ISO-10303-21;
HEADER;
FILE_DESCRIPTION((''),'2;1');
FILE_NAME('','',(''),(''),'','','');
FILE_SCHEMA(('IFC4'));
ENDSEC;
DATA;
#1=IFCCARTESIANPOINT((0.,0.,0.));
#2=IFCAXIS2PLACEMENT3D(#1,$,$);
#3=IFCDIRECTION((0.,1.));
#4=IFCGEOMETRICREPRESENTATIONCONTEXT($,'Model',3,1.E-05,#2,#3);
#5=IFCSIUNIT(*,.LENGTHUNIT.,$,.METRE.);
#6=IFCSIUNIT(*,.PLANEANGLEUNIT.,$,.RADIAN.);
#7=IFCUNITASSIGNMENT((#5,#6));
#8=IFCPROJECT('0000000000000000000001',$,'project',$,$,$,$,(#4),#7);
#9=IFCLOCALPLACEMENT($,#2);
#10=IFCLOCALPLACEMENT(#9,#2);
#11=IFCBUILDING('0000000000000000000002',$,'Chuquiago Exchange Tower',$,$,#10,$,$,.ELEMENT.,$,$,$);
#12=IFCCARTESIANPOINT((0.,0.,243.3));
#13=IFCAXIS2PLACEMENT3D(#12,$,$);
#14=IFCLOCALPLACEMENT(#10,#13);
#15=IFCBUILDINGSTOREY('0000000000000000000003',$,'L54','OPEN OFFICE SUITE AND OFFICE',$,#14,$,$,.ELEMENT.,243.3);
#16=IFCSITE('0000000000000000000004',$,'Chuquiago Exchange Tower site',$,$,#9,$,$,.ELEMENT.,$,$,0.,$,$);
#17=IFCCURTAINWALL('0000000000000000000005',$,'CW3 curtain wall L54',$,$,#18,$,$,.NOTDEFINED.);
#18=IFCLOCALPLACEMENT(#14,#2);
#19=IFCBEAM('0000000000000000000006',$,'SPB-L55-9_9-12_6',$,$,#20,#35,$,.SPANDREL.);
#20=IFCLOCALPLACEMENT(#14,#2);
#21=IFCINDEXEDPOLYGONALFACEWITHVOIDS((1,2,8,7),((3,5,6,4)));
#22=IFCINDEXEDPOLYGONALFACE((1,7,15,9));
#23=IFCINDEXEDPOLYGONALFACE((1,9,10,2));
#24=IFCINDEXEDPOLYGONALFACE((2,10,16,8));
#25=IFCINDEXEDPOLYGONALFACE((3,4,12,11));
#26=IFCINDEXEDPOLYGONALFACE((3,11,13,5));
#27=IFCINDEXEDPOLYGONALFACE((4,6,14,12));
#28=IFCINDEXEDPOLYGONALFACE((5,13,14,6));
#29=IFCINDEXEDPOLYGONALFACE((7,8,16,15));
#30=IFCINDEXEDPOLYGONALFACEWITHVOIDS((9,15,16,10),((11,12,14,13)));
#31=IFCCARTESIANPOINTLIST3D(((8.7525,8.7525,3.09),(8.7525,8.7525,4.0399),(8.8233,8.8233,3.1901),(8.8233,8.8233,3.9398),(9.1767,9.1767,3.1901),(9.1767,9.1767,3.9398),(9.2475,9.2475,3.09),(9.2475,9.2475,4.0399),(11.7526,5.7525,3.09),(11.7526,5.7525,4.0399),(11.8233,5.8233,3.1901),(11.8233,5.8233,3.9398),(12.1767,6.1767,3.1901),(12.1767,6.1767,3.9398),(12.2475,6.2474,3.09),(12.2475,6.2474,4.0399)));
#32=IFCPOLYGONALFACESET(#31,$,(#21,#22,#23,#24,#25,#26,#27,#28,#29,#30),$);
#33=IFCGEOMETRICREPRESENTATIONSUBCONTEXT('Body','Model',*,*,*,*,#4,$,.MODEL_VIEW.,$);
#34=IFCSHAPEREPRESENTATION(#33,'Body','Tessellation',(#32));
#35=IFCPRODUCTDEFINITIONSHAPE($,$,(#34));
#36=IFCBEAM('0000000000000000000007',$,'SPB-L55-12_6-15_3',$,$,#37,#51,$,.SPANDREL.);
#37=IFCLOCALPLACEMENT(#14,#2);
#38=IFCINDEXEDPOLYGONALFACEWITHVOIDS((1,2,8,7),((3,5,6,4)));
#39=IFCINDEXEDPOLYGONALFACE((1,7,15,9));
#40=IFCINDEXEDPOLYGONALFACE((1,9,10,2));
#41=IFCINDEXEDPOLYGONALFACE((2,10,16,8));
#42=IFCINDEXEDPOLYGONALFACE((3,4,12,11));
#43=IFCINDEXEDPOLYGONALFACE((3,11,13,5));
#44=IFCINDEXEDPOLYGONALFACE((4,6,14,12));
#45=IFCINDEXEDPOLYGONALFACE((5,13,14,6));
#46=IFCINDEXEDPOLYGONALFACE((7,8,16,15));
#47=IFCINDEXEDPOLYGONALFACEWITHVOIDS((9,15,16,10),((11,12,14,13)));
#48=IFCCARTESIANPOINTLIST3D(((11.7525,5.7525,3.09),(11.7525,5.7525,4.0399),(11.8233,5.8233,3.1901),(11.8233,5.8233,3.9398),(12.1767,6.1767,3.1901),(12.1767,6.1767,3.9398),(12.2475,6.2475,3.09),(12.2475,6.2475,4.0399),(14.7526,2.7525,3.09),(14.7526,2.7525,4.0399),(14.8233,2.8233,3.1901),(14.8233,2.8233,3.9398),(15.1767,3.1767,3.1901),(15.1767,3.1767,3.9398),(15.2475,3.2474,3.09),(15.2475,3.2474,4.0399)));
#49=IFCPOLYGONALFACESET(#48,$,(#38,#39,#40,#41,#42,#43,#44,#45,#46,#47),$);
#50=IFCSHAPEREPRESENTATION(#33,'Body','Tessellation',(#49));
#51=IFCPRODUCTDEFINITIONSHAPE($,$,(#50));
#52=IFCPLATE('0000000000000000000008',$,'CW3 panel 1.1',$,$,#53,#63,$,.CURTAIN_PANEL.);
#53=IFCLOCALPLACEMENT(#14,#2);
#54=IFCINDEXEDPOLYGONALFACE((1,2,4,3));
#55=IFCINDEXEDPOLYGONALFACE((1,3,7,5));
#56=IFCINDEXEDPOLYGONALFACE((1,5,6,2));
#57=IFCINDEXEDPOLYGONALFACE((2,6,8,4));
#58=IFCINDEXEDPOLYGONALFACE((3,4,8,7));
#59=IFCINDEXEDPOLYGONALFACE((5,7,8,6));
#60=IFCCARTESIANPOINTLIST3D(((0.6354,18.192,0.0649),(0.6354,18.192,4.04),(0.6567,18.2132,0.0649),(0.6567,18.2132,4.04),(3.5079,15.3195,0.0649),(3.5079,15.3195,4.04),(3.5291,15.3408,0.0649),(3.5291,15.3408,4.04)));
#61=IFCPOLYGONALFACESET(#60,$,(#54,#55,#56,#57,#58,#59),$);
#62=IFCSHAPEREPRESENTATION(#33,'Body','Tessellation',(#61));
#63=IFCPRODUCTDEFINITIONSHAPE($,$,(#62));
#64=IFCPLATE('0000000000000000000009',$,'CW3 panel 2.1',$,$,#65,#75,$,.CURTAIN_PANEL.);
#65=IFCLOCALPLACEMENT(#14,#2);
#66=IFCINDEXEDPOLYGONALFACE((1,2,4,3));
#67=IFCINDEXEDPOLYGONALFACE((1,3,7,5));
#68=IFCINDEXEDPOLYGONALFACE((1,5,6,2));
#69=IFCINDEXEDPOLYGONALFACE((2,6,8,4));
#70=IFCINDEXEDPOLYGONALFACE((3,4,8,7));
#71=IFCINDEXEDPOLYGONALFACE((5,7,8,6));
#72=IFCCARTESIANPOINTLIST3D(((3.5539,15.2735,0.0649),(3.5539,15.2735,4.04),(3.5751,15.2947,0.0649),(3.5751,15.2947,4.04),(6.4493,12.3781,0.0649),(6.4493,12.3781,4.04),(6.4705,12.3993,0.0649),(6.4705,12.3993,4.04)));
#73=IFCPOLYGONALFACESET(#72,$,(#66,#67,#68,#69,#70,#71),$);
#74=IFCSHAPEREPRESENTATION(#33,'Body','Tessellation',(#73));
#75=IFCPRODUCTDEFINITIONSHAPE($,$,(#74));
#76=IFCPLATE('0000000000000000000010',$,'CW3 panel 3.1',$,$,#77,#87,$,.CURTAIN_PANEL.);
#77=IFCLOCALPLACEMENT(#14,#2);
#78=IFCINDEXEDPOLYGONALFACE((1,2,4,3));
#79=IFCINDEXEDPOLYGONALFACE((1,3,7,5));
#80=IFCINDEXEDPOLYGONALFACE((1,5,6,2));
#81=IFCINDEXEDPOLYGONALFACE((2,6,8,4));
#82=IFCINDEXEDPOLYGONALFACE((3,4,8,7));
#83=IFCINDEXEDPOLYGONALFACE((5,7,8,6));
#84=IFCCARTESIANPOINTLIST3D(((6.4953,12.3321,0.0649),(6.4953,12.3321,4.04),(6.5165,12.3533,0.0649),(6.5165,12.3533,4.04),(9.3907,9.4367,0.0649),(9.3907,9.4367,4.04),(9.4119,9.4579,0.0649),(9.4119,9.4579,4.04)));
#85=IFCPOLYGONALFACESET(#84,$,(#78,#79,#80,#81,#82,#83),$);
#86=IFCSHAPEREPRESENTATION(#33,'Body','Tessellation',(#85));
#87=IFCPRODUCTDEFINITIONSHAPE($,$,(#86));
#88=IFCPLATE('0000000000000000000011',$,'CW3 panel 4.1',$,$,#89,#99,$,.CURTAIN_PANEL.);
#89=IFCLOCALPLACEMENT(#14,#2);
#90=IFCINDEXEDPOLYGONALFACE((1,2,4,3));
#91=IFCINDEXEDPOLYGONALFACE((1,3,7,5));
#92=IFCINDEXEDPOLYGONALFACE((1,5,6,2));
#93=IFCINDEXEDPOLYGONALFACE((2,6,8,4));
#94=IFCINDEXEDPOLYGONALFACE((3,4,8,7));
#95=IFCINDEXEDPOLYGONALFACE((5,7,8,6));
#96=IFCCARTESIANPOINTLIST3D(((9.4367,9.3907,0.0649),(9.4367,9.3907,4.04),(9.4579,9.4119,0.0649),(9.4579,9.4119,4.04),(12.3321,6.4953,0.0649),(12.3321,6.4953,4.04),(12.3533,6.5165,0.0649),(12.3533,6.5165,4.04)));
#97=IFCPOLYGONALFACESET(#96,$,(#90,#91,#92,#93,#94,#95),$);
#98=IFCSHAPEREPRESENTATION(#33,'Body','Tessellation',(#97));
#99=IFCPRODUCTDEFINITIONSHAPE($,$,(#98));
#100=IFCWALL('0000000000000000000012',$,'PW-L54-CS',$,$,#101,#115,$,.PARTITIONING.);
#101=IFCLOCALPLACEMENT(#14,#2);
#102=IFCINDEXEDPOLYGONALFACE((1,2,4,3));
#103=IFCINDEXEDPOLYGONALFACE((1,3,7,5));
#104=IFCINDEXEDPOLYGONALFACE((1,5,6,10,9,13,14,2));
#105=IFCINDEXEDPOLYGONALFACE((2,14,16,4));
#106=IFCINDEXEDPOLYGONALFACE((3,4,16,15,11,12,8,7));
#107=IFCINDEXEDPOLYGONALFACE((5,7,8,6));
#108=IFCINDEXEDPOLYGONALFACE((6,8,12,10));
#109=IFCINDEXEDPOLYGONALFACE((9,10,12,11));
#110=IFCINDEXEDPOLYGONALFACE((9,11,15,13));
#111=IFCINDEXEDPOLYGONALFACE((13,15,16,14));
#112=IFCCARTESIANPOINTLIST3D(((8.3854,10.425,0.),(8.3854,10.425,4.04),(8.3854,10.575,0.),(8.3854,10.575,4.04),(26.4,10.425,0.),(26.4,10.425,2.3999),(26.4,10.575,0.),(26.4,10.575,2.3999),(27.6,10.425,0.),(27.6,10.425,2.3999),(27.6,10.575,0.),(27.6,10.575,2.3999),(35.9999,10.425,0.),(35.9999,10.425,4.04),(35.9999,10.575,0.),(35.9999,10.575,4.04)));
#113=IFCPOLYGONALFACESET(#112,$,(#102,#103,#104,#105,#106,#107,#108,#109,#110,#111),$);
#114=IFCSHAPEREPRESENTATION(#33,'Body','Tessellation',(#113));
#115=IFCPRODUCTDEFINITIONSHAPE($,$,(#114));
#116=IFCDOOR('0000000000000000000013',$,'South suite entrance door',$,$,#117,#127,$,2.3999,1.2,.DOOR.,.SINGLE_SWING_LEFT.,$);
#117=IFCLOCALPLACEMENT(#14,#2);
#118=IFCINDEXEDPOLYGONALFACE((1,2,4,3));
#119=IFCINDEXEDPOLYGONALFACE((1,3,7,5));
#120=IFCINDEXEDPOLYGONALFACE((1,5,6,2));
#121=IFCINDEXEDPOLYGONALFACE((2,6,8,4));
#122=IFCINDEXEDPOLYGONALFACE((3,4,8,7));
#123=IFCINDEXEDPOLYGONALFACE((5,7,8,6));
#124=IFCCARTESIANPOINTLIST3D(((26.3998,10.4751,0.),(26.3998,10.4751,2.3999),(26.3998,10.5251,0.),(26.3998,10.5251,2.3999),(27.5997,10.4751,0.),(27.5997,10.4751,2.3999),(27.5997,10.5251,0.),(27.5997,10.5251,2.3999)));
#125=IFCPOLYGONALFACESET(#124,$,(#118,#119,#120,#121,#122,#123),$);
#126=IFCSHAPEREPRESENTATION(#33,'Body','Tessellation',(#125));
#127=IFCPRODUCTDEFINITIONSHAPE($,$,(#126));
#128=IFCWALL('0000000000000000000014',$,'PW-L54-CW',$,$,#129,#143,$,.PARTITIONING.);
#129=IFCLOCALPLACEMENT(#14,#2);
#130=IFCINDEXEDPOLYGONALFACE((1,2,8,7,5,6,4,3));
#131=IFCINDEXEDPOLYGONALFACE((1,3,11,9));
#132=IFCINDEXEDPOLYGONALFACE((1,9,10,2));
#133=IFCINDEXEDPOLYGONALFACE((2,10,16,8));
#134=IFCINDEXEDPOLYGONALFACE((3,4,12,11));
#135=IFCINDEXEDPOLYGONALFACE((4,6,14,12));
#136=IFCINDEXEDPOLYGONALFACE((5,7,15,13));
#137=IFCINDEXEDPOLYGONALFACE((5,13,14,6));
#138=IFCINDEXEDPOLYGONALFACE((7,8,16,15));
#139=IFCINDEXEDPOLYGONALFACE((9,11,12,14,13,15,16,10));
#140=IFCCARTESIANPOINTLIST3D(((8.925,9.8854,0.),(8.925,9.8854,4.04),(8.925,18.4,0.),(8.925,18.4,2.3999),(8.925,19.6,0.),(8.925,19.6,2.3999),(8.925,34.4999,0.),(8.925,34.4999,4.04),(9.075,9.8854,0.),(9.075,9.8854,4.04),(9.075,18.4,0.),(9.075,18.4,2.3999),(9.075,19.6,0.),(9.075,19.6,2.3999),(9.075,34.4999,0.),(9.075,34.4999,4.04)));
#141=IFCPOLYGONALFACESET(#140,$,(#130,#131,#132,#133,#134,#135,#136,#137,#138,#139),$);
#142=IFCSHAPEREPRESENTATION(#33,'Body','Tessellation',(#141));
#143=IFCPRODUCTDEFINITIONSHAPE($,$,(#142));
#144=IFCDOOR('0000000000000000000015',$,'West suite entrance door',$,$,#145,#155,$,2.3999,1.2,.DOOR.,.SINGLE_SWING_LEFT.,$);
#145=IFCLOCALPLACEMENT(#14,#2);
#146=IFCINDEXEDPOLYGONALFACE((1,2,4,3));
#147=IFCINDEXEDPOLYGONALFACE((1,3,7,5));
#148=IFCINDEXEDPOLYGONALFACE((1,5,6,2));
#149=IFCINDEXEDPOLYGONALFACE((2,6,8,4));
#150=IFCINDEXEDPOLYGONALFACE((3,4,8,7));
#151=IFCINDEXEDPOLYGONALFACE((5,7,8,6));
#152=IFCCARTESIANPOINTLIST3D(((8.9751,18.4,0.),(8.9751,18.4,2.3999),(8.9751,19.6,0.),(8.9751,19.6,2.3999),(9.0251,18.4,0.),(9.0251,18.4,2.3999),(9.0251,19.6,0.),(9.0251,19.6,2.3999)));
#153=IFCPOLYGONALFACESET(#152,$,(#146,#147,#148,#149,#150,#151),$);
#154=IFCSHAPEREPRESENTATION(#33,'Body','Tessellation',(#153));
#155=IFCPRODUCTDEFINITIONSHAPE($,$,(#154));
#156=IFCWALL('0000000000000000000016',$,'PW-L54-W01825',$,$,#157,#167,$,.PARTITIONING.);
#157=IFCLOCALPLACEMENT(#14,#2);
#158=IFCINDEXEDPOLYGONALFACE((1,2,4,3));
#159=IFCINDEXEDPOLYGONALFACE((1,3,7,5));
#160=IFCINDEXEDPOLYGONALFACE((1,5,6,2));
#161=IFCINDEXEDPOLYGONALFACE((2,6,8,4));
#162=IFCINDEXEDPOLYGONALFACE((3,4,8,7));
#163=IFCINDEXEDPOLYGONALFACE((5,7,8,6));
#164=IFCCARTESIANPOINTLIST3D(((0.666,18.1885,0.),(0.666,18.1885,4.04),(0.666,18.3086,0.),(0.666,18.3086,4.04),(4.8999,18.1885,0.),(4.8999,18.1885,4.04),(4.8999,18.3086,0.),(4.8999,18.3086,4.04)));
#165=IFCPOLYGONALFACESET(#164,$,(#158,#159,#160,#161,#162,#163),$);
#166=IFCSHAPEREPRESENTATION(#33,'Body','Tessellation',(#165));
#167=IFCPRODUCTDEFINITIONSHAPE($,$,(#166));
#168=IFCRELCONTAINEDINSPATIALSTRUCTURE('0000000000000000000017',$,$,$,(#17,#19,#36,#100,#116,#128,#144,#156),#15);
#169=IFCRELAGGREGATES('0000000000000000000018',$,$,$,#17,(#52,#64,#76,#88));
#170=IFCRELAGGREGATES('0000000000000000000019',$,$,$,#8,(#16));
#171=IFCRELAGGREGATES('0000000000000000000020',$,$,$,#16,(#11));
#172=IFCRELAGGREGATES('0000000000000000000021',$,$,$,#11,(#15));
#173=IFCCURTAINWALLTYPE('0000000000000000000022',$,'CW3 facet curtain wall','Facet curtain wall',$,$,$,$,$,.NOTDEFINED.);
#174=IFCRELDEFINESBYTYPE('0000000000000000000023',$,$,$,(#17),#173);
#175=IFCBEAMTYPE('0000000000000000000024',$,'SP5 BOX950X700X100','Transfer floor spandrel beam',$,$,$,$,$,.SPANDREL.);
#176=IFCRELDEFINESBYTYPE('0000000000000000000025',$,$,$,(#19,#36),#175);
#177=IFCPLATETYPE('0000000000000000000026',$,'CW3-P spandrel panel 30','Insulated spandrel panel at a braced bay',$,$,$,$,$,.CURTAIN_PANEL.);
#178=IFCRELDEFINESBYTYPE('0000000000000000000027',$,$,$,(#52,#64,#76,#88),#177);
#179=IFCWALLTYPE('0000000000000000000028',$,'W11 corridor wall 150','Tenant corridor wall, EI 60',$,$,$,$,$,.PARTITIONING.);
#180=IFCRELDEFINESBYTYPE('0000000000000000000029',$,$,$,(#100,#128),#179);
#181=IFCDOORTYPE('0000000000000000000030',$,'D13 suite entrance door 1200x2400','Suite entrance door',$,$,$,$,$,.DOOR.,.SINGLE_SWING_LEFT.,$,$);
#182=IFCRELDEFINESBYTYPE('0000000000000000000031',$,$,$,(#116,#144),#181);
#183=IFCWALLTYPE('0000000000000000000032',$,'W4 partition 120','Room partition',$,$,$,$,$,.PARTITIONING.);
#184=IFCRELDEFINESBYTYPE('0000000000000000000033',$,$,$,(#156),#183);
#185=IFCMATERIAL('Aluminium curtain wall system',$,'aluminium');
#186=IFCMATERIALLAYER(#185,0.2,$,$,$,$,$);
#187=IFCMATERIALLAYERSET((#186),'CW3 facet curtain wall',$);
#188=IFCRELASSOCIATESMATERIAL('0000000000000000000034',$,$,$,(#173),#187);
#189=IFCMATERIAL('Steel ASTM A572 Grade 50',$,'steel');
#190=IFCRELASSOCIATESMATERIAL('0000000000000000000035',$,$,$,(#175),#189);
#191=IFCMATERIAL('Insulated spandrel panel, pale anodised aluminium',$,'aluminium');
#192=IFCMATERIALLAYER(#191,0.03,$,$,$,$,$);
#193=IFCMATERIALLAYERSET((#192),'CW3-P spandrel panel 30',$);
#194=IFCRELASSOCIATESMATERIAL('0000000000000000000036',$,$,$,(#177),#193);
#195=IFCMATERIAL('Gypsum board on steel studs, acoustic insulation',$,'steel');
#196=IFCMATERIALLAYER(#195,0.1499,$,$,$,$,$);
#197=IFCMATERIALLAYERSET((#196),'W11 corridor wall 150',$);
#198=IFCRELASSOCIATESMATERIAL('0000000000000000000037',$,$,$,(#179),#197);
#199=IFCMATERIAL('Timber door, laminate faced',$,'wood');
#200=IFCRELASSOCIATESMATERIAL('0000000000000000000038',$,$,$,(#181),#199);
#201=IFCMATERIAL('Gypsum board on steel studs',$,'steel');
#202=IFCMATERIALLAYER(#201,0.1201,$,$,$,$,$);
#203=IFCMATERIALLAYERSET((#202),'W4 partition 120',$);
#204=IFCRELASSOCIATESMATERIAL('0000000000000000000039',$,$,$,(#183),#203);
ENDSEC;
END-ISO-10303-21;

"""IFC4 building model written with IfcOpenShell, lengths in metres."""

from ifc_helpers import new_model, si_unit, direction, frame, frame_2d, origin, origin_2d, place, context, subcontext, project, spatial, rectangle, hollow_rectangle, extrude, material, layer, layer_set, material_profile, profile_set, type_object, element, fill, aggregate, save


model = new_model("IFC4")

# Units and contexts
model_context = context("Model", 3, precision=1e-05, world=origin(), true_north=direction((0.0, 1.0)))
body_context = subcontext(model_context, "Body", "Model", "MODEL_VIEW")
ifc_project = project(units=[si_unit("LENGTHUNIT", "METRE"), si_unit("PLANEANGLEUNIT", "RADIAN")], contexts=[model_context])

# Site, building, storey
site_placement = place(None, origin())
site = spatial("IfcSite", under=ifc_project, at=site_placement, Name="Chuquiago Exchange Tower site", CompositionType="ELEMENT", RefElevation=0.0)
building_placement = place(site_placement, origin())
building = spatial("IfcBuilding", under=site, at=building_placement, Name="Chuquiago Exchange Tower", CompositionType="ELEMENT")
storey_placement = place(building_placement, frame((0.0, 0.0, 243.3)))
storey = spatial("IfcBuildingStorey", under=building, at=storey_placement, Name="L54", Description="OPEN OFFICE SUITE AND OFFICE", CompositionType="ELEMENT", Elevation=243.3)

# Curtain wall
ifc_material_1 = material(Name="Aluminium curtain wall system", Category="aluminium")
ifc_layer_1 = layer(ifc_material_1, 0.2)
ifc_layer_set_1 = layer_set([ifc_layer_1], Name="CW3 facet curtain wall")
curtain_wall_type = type_object("IfcCurtainWallType", Name="CW3 facet curtain wall", Description="Facet curtain wall", PredefinedType="NOTDEFINED", material=ifc_layer_set_1)
curtain_wall_placement = place(storey_placement, origin())
curtain_wall = element("IfcCurtainWall", 1, at=curtain_wall_placement, inside=storey, type_object=curtain_wall_type, Name="CW3 curtain wall L54", PredefinedType="NOTDEFINED")

# Beams
ifc_material_2 = material(Name="Steel ASTM A572 Grade 50", Category="steel")
ifc_material_profile_1 = material_profile(ifc_material_2, hollow_rectangle(XDim=0.7, YDim=0.95, WallThickness=0.1001, at=origin_2d()), Name="BOX950X700X100")
ifc_profile_set_1 = profile_set([ifc_material_profile_1], Name="Steel ASTM A572 Grade 50")
beam_type_1 = type_object("IfcBeamType", Name="SP5 BOX950X700X100", Description="Transfer floor spandrel beam", PredefinedType="SPANDREL", material=ifc_profile_set_1)
for number, where, z_axis, x_axis, name in (
    (2, (9.0, 9.0, 3.5649), (0.707107, -0.707107, 0.0), (0.707107, 0.707107, 0.0), "SPB-L55-9_9-12_6"),
    (3, (12.0, 6.0, 3.5649), (0.707107, -0.707107, 0.0), (0.707107, 0.707107, 0.0), "SPB-L55-12_6-15_3"),
):
    element("IfcBeam", number, at=place(storey_placement, frame(where, z_axis=z_axis, x_axis=x_axis)), inside=storey, type_object=beam_type_1, Name=name, PredefinedType="SPANDREL", context=body_context, shape_type="SweptSolid", body=[
        extrude(hollow_rectangle(XDim=0.7, YDim=0.95, WallThickness=0.1001, at=origin_2d()), origin(), (0.0, 0.0, 1.0), 4.2427),
    ])

# Plates
ifc_material_3 = material(Name="Insulated spandrel panel, pale anodised aluminium", Category="aluminium")
ifc_layer_2 = layer(ifc_material_3, 0.03)
ifc_layer_set_2 = layer_set([ifc_layer_2], Name="CW3-P spandrel panel 30")
plate_type = type_object("IfcPlateType", Name="CW3-P spandrel panel 30", Description="Insulated spandrel panel at a braced bay", PredefinedType="CURTAIN_PANEL", material=ifc_layer_set_2)
plate_1_placement = place(storey_placement, frame((2.0823, 16.7664, 0.0649), z_axis=(0.0, 0.0, 1.0), x_axis=(0.707107, -0.707107, 0.0)))
plate_1 = element("IfcPlate", 4, at=plate_1_placement, type_object=plate_type, Name="CW3 panel 1.1", PredefinedType="CURTAIN_PANEL", context=body_context, shape_type="SweptSolid", body=[
    extrude(rectangle(XDim=4.0623, YDim=0.03, at=origin_2d()), origin(), (0.0, 0.0, 1.0), 3.9751),
])
plate_2_placement = place(storey_placement, frame((5.0122, 13.8364, 0.0649), z_axis=(0.0, 0.0, 1.0), x_axis=(0.707107, -0.707107, 0.0)))
plate_2 = element("IfcPlate", 5, at=plate_2_placement, type_object=plate_type, Name="CW3 panel 2.1", PredefinedType="CURTAIN_PANEL", context=body_context, shape_type="SweptSolid", body=[
    extrude(rectangle(XDim=4.0947, YDim=0.03, at=origin_2d()), origin(), (0.0, 0.0, 1.0), 3.9751),
])
plate_3_placement = place(storey_placement, frame((7.9536, 10.895, 0.0649), z_axis=(0.0, 0.0, 1.0), x_axis=(0.707107, -0.707107, 0.0)))
plate_3 = element("IfcPlate", 6, at=plate_3_placement, type_object=plate_type, Name="CW3 panel 3.1", PredefinedType="CURTAIN_PANEL", context=body_context, shape_type="SweptSolid", body=[
    extrude(rectangle(XDim=4.0947, YDim=0.03, at=origin_2d()), origin(), (0.0, 0.0, 1.0), 3.9751),
])
plate_4_placement = place(storey_placement, frame((10.895, 7.9536, 0.0649), z_axis=(0.0, 0.0, 1.0), x_axis=(0.707107, -0.707107, 0.0)))
plate_4 = element("IfcPlate", 7, at=plate_4_placement, type_object=plate_type, Name="CW3 panel 4.1", PredefinedType="CURTAIN_PANEL", context=body_context, shape_type="SweptSolid", body=[
    extrude(rectangle(XDim=4.0947, YDim=0.03, at=origin_2d()), origin(), (0.0, 0.0, 1.0), 3.9751),
])
aggregate(curtain_wall, [plate_1, plate_2, plate_3, plate_4])

# Walls, openings, doors
ifc_material_4 = material(Name="Gypsum board on steel studs, acoustic insulation", Category="steel")
ifc_layer_3 = layer(ifc_material_4, 0.1499)
ifc_layer_set_3 = layer_set([ifc_layer_3], Name="W11 corridor wall 150")
wall_type_1 = type_object("IfcWallType", Name="W11 corridor wall 150", Description="Tenant corridor wall, EI 60", PredefinedType="PARTITIONING", material=ifc_layer_set_3)
wall_1_placement = place(storey_placement, frame((8.3855, 10.5, 0.0), z_axis=(0.0, 0.0, 1.0), x_axis=(1.0, 0.0, 0.0)))
wall_1 = element("IfcWall", 8, at=wall_1_placement, inside=storey, type_object=wall_type_1, Name="PW-L54-CS", PredefinedType="PARTITIONING", context=body_context, shape_type="SweptSolid", body=[
    extrude(rectangle(XDim=27.6145, YDim=0.1499, at=frame_2d((13.8071, 0.0))), origin(), (0.0, 0.0, 1.0), 4.04),
])
opening_1_placement = place(wall_1_placement, frame((18.0144, 0.0, 0.0)))
opening_1 = element("IfcOpeningElement", 9, at=opening_1_placement, cuts=wall_1, PredefinedType="OPENING", context=body_context, shape_type="SweptSolid", body=[
    extrude(rectangle(XDim=1.2, YDim=2.3999, at=frame_2d((0.6001, 1.2))), frame((0.0, 0.085, 0.0), z_axis=(0.0, -1.0, 0.0), x_axis=(1.0, 0.0, 0.0)), (0.0, 0.0, 1.0), 0.1699),
])
ifc_material_5 = material(Name="Timber door, laminate faced", Category="wood")
door_type = type_object("IfcDoorType", Name="D13 suite entrance door 1200x2400", Description="Suite entrance door", OperationType="SINGLE_SWING_LEFT", PredefinedType="DOOR", material=ifc_material_5)
door_1_placement = place(opening_1_placement, frame((1.2, 0.0, 0.0), z_axis=(0.0, 0.0, 1.0), x_axis=(-1.0, 0.0, 0.0)))
door_1 = element("IfcDoor", 10, at=door_1_placement, inside=storey, type_object=door_type, Name="South suite entrance door", OperationType="SINGLE_SWING_LEFT", OverallHeight=2.3999, OverallWidth=1.2, PredefinedType="DOOR", context=body_context, shape_type="SweptSolid", body=[
    extrude(rectangle(XDim=1.2, YDim=2.3999, at=frame_2d((0.6001, 1.2))), frame((0.0, 0.0249, 0.0), z_axis=(0.0, -1.0, 0.0), x_axis=(1.0, 0.0, 0.0)), (0.0, 0.0, 1.0), 0.05),
])
fill(opening_1, door_1)
wall_2_placement = place(storey_placement, frame((9.0, 9.8855, 0.0), z_axis=(0.0, 0.0, 1.0), x_axis=(0.0, 1.0, 0.0)))
wall_2 = element("IfcWall", 11, at=wall_2_placement, inside=storey, type_object=wall_type_1, Name="PW-L54-CW", PredefinedType="PARTITIONING", context=body_context, shape_type="SweptSolid", body=[
    extrude(rectangle(XDim=24.6145, YDim=0.1499, at=frame_2d((12.3071, 0.0))), origin(), (0.0, 0.0, 1.0), 4.04),
])
opening_2_placement = place(wall_2_placement, frame((8.5144, 0.0, 0.0)))
opening_2 = element("IfcOpeningElement", 12, at=opening_2_placement, cuts=wall_2, PredefinedType="OPENING", context=body_context, shape_type="SweptSolid", body=[
    extrude(rectangle(XDim=1.2, YDim=2.3999, at=frame_2d((0.6001, 1.2))), frame((0.0, 0.085, 0.0), z_axis=(0.0, -1.0, 0.0), x_axis=(1.0, 0.0, 0.0)), (0.0, 0.0, 1.0), 0.1699),
])
door_2_placement = place(opening_2_placement, origin())
door_2 = element("IfcDoor", 13, at=door_2_placement, inside=storey, type_object=door_type, Name="West suite entrance door", OperationType="SINGLE_SWING_LEFT", OverallHeight=2.3999, OverallWidth=1.2, PredefinedType="DOOR", context=body_context, shape_type="SweptSolid", body=[
    extrude(rectangle(XDim=1.2, YDim=2.3999, at=frame_2d((0.6001, 1.2))), frame((0.0, 0.0249, 0.0), z_axis=(0.0, -1.0, 0.0), x_axis=(1.0, 0.0, 0.0)), (0.0, 0.0, 1.0), 0.05),
])
fill(opening_2, door_2)

# Wall
ifc_material_6 = material(Name="Gypsum board on steel studs", Category="steel")
ifc_layer_4 = layer(ifc_material_6, 0.1201)
ifc_layer_set_4 = layer_set([ifc_layer_4], Name="W4 partition 120")
wall_type_2 = type_object("IfcWallType", Name="W4 partition 120", Description="Room partition", PredefinedType="PARTITIONING", material=ifc_layer_set_4)
wall_3_placement = place(storey_placement, frame((0.666, 18.2485, 0.0), z_axis=(0.0, 0.0, 1.0), x_axis=(1.0, 0.0, 0.0)))
element("IfcWall", 14, at=wall_3_placement, inside=storey, type_object=wall_type_2, Name="PW-L54-W01825", PredefinedType="PARTITIONING", context=body_context, shape_type="SweptSolid", body=[
    extrude(rectangle(XDim=4.2339, YDim=0.1201, at=frame_2d((2.1169, 0.0))), origin(), (0.0, 0.0, 1.0), 4.04),
])

save(model, "model.ifc")
